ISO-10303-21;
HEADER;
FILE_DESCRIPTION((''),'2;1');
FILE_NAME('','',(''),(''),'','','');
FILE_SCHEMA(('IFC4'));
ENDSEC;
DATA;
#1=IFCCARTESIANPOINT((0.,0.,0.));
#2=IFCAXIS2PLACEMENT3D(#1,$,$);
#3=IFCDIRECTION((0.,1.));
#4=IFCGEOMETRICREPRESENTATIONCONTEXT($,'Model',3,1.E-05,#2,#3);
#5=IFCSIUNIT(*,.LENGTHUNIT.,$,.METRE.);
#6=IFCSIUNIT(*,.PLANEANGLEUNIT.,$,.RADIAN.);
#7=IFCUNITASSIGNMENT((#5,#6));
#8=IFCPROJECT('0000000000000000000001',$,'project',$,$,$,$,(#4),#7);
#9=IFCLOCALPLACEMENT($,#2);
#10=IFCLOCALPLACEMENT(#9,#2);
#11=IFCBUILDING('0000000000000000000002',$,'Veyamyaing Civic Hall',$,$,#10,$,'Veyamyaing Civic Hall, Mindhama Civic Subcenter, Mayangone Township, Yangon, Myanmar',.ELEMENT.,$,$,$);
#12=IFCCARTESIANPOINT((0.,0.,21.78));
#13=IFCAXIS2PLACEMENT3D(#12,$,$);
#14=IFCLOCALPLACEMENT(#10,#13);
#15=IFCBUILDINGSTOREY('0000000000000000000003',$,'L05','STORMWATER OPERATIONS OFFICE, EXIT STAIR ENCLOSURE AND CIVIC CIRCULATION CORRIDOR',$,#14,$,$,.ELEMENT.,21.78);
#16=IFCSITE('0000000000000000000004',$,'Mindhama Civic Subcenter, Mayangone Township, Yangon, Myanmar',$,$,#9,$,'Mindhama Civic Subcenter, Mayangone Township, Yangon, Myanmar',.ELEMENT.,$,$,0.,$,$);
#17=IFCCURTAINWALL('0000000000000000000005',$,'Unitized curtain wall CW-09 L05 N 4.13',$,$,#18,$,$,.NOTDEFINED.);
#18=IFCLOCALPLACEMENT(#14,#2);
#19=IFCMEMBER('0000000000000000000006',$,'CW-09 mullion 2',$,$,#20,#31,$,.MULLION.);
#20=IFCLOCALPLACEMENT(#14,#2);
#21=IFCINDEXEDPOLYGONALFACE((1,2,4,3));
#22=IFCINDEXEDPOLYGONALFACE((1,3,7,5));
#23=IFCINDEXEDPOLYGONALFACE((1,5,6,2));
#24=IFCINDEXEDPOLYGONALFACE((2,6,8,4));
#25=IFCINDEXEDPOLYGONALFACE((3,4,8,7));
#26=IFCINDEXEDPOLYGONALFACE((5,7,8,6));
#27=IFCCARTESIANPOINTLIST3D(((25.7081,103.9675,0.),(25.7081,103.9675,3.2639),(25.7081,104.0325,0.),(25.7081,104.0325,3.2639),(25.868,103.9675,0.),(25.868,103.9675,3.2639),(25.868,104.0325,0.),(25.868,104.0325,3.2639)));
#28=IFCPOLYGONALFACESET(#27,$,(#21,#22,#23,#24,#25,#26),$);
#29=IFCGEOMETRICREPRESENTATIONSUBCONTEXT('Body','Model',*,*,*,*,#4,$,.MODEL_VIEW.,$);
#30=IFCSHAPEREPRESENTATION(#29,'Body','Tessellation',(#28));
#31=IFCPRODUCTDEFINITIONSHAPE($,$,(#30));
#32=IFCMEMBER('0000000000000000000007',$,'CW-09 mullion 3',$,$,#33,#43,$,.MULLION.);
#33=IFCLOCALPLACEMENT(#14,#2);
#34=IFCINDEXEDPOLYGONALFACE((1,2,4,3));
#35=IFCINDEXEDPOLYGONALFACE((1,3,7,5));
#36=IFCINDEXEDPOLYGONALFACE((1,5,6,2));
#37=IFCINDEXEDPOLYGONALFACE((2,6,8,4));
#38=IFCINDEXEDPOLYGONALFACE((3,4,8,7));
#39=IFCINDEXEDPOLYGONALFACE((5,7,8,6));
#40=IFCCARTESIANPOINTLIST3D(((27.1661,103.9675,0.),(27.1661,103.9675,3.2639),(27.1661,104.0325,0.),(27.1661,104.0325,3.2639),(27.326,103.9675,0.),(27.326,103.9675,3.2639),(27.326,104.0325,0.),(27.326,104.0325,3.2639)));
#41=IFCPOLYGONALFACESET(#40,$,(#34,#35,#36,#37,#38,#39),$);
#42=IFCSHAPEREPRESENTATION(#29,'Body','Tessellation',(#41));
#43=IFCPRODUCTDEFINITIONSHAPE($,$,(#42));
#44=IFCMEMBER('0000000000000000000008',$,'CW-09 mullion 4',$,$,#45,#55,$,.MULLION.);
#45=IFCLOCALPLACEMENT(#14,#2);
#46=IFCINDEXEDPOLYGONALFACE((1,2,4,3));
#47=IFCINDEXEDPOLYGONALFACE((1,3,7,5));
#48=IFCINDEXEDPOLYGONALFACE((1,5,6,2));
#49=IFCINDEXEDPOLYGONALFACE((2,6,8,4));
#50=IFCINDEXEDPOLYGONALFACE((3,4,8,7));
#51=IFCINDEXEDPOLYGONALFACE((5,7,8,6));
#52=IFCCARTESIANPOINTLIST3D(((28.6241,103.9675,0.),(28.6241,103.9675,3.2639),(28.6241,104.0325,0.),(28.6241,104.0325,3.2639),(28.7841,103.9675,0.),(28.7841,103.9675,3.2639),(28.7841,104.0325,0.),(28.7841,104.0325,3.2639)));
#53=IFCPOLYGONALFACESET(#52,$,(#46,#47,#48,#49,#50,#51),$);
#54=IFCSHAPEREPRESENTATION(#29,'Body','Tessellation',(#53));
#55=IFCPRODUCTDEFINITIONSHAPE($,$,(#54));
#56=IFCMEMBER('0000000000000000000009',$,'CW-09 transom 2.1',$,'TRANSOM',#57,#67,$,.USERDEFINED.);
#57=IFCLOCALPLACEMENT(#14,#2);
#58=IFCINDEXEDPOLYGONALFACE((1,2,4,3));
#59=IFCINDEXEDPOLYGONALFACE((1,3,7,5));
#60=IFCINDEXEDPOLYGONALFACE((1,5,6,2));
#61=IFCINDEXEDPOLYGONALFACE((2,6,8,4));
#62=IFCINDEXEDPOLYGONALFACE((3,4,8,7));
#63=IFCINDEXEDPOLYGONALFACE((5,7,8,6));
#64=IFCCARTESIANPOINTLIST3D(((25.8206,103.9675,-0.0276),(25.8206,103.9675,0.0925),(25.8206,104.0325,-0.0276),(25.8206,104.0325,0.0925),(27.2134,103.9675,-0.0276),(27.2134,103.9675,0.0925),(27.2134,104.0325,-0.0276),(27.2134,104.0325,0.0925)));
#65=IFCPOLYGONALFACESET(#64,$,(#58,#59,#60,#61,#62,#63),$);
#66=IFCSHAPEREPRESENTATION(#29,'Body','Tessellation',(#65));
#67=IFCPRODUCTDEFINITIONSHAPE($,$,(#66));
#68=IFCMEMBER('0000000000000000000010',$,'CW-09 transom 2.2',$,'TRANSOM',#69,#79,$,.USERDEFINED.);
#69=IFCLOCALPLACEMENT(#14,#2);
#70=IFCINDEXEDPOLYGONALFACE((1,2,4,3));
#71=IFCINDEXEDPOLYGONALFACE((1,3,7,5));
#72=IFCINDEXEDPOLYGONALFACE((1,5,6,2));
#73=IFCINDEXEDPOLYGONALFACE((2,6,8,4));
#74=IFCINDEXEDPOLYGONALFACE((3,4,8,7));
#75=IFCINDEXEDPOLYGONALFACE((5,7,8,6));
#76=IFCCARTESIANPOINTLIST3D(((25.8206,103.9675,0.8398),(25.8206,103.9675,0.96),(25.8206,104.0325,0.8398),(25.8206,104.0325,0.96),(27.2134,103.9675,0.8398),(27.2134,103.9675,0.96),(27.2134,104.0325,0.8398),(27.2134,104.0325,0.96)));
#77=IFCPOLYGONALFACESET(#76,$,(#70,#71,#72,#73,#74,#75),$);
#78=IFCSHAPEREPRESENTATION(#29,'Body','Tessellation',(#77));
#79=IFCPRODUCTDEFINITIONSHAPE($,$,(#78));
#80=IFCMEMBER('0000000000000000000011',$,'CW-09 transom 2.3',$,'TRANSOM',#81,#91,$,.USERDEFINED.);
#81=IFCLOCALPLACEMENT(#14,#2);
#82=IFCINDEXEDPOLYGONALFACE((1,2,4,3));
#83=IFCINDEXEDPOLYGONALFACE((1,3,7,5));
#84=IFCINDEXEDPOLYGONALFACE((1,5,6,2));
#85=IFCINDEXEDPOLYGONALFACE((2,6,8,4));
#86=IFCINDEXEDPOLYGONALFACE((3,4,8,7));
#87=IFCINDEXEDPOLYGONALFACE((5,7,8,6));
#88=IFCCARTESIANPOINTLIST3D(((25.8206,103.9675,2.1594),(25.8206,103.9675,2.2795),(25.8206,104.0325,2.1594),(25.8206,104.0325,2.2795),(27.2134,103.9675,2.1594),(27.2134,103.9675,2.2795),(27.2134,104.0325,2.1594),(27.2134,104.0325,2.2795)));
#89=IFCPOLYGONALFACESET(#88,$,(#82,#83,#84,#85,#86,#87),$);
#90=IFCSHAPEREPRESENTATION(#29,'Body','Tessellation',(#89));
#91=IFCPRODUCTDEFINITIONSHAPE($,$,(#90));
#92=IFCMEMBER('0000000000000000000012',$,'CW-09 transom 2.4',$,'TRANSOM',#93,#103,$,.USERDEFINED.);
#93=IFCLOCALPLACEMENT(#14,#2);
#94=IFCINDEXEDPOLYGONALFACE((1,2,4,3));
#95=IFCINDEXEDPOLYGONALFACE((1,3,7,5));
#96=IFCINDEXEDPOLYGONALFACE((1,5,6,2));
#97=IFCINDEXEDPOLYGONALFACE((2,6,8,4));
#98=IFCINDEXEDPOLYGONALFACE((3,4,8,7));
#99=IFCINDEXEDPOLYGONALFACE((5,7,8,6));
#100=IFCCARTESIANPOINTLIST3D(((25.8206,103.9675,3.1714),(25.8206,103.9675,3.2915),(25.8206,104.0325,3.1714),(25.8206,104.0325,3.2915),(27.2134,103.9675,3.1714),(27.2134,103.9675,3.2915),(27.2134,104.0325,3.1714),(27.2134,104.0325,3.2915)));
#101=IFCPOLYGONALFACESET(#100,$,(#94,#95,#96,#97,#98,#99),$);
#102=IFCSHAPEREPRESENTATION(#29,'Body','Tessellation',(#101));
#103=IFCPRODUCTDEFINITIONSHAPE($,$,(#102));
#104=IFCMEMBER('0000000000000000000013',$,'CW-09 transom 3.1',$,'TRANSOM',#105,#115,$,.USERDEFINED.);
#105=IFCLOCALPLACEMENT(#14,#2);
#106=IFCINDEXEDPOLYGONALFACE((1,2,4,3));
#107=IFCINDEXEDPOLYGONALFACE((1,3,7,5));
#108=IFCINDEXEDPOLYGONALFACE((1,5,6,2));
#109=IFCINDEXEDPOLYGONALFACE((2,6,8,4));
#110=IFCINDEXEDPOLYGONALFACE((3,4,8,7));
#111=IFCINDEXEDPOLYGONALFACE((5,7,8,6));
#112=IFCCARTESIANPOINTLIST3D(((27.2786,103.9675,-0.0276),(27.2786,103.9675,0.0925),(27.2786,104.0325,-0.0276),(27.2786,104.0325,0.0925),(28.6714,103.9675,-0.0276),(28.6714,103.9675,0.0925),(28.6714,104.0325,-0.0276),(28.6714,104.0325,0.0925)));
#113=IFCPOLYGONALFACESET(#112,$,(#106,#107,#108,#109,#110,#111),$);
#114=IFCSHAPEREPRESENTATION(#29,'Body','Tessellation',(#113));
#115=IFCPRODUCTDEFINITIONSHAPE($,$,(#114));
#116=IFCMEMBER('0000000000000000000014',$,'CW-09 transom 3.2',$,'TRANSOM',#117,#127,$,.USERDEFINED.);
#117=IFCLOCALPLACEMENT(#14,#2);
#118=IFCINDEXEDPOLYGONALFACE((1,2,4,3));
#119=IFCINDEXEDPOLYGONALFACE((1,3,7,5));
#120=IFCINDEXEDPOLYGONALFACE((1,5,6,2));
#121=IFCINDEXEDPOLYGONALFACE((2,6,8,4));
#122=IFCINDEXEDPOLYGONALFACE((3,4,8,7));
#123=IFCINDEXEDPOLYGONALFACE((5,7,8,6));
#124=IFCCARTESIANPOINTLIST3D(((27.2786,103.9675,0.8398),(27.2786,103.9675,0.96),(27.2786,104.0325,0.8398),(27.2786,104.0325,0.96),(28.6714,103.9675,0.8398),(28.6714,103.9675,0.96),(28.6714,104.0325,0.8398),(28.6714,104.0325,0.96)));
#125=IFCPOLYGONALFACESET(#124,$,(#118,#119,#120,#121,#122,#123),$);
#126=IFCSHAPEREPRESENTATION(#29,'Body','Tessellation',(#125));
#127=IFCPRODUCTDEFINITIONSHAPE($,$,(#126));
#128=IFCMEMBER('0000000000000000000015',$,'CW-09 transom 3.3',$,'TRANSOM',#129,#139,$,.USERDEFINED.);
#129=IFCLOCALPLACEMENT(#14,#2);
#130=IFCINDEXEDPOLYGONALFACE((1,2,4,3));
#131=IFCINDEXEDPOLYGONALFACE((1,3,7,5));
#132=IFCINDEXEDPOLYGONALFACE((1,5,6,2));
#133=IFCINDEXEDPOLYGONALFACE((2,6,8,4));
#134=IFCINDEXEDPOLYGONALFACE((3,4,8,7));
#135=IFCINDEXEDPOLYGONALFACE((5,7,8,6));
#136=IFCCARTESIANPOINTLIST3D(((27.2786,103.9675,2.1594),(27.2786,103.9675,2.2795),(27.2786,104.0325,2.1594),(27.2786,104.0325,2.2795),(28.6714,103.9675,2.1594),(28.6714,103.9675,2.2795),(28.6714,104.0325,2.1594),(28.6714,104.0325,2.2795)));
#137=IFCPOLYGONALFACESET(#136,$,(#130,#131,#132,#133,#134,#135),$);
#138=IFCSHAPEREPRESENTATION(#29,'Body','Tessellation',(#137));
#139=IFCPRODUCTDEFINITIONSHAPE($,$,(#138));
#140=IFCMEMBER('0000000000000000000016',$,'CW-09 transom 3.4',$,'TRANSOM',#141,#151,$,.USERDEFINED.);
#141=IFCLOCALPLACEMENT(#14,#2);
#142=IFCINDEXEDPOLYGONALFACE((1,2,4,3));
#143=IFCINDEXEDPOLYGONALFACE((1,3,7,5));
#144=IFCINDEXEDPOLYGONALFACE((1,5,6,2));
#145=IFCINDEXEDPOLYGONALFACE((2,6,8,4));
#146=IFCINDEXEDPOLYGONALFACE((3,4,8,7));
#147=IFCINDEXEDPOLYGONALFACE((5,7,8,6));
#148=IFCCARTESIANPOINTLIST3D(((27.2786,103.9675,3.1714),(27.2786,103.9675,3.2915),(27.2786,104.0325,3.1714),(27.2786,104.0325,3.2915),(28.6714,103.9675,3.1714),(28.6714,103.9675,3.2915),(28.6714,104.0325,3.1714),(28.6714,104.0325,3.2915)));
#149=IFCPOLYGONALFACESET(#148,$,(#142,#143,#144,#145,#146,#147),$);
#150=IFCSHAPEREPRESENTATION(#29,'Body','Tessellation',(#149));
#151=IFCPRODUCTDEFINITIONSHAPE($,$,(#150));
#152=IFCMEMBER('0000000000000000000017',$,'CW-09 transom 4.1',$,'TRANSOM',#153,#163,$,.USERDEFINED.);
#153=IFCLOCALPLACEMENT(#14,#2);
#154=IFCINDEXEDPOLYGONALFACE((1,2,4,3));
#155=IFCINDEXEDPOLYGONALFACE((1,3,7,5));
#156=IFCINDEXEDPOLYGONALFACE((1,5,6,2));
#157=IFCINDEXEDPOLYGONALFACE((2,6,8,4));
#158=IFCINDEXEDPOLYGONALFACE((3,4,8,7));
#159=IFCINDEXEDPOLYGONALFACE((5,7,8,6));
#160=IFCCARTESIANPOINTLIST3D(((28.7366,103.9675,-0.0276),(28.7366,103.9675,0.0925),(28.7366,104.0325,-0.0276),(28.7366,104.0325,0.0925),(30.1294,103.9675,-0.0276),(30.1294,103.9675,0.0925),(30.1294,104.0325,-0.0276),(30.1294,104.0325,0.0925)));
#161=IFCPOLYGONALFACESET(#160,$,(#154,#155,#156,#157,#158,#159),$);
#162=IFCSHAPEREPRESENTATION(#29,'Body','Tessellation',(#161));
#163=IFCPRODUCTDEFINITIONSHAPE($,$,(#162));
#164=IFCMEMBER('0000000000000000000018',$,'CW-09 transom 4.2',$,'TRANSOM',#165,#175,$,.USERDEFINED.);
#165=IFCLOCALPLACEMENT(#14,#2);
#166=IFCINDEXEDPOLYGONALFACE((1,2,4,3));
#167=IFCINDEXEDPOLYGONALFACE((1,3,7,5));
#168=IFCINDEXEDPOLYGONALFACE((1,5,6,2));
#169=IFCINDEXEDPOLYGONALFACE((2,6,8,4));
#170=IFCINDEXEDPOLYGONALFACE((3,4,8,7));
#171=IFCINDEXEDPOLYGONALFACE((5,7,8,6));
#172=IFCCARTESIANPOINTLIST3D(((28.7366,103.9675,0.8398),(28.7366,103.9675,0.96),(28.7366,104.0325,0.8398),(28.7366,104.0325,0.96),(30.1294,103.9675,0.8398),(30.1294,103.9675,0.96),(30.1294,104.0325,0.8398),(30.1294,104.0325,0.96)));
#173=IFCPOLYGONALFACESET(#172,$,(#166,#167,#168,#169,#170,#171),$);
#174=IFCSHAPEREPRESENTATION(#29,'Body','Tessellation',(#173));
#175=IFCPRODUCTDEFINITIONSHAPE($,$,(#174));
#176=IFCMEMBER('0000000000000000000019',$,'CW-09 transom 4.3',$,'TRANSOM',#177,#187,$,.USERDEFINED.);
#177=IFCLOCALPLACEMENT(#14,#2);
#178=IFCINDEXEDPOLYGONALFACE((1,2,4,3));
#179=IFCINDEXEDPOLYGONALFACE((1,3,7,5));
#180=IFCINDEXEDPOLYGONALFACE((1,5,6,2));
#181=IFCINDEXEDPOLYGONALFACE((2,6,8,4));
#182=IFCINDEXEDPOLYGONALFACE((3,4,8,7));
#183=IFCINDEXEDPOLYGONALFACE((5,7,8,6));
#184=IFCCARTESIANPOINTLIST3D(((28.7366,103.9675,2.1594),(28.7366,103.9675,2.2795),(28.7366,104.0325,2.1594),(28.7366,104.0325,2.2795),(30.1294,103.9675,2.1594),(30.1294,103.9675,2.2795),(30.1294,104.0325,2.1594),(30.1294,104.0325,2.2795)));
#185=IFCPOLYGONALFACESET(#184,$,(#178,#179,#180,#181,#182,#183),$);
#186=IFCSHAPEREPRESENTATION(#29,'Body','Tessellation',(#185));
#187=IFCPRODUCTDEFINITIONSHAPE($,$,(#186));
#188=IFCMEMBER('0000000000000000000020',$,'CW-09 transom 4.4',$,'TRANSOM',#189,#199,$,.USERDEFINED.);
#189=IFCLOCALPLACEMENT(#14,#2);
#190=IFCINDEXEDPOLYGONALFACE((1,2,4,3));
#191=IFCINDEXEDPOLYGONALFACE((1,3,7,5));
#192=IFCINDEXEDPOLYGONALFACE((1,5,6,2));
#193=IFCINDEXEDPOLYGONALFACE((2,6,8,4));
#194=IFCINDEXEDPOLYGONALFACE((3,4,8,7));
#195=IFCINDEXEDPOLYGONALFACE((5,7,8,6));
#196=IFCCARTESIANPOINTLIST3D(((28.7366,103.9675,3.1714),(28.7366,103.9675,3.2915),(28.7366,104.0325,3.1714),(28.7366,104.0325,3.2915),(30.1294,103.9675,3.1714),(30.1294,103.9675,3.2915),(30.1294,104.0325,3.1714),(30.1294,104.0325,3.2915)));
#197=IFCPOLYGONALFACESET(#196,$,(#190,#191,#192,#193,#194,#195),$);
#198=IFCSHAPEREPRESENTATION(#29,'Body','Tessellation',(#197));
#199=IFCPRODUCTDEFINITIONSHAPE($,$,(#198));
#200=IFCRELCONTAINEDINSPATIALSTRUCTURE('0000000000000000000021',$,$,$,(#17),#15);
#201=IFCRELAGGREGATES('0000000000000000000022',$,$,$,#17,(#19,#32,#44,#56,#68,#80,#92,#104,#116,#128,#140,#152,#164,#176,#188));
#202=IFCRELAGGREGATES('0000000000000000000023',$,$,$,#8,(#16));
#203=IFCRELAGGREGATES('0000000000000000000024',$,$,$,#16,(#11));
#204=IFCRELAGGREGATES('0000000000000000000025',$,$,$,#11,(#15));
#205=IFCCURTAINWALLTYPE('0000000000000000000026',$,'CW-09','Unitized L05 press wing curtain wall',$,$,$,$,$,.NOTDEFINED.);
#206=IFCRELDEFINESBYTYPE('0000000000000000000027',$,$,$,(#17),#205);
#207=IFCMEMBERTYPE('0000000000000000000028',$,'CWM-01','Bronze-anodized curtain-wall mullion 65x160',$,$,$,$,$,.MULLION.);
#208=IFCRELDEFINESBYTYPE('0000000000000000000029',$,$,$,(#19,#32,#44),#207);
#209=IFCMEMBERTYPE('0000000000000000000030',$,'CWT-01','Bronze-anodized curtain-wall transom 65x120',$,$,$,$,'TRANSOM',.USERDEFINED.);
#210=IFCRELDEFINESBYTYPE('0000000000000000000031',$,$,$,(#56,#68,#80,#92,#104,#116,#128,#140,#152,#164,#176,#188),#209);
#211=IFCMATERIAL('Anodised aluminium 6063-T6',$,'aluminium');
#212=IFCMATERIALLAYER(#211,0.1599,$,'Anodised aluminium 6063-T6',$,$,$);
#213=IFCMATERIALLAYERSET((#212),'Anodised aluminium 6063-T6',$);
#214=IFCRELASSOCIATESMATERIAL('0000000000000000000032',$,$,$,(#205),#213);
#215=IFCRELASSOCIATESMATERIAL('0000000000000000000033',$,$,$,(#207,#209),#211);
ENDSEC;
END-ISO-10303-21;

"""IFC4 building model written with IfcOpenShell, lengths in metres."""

from ifc_helpers import new_model, si_unit, direction, frame, origin, origin_2d, place, context, subcontext, project, spatial, rectangle, extrude, material, layer, layer_set, material_profile, profile_set, type_object, element, aggregate, save


model = new_model("IFC4")

# Units and contexts
model_context = context("Model", 3, precision=1e-05, world=origin(), true_north=direction((0.0, 1.0)))
body_context = subcontext(model_context, "Body", "Model", "MODEL_VIEW")
ifc_project = project(units=[si_unit("LENGTHUNIT", "METRE"), si_unit("PLANEANGLEUNIT", "RADIAN")], contexts=[model_context])

# Site, building, storey
site_placement = place(None, origin())
site = spatial("IfcSite", under=ifc_project, at=site_placement, Name="Mindhama Civic Subcenter, Mayangone Township, Yangon, Myanmar", LongName="Mindhama Civic Subcenter, Mayangone Township, Yangon, Myanmar", CompositionType="ELEMENT", RefElevation=0.0)
building_placement = place(site_placement, origin())
building = spatial("IfcBuilding", under=site, at=building_placement, Name="Veyamyaing Civic Hall", LongName="Veyamyaing Civic Hall, Mindhama Civic Subcenter, Mayangone Township, Yangon, Myanmar", CompositionType="ELEMENT")
storey_placement = place(building_placement, frame((0.0, 0.0, 21.78)))
storey = spatial("IfcBuildingStorey", under=building, at=storey_placement, Name="L05", Description="STORMWATER OPERATIONS OFFICE, EXIT STAIR ENCLOSURE AND CIVIC CIRCULATION CORRIDOR", CompositionType="ELEMENT", Elevation=21.78)

# Curtain wall, members
ifc_material_1 = material(Name="Anodised aluminium 6063-T6", Category="aluminium")
ifc_layer_1 = layer(ifc_material_1, 0.1599, Name="Anodised aluminium 6063-T6")
ifc_layer_set_1 = layer_set([ifc_layer_1], Name="Anodised aluminium 6063-T6")
curtain_wall_type = type_object("IfcCurtainWallType", Name="CW-09", Description="Unitized L05 press wing curtain wall", PredefinedType="NOTDEFINED", material=ifc_layer_set_1)
curtain_wall_placement = place(storey_placement, origin())
curtain_wall = element("IfcCurtainWall", 1, at=curtain_wall_placement, inside=storey, type_object=curtain_wall_type, Name="Unitized curtain wall CW-09 L05 N 4.13", PredefinedType="NOTDEFINED")
ifc_material_profile_1 = material_profile(ifc_material_1, rectangle(XDim=0.0649, YDim=0.1599, at=origin_2d()), Name="ALU-MUL-65X160")
ifc_profile_set_1 = profile_set([ifc_material_profile_1], Name="Anodised aluminium 6063-T6")
member_type_1 = type_object("IfcMemberType", Name="CWM-01", Description="Bronze-anodized curtain-wall mullion 65x160", PredefinedType="MULLION", material=ifc_profile_set_1)
member_1_placement = place(storey_placement, frame((25.7881, 104.0, 0.0), z_axis=(0.0, 0.0, 1.0), x_axis=(0.0, 1.0, 0.0)))
member_1 = element("IfcMember", 2, at=member_1_placement, type_object=member_type_1, Name="CW-09 mullion 2", PredefinedType="MULLION", context=body_context, shape_type="SweptSolid", body=[
    extrude(rectangle(XDim=0.0649, YDim=0.1599, at=origin_2d()), origin(), (0.0, 0.0, 1.0), 3.2639),
])
member_2_placement = place(storey_placement, frame((27.2461, 104.0, 0.0), z_axis=(0.0, 0.0, 1.0), x_axis=(0.0, 1.0, 0.0)))
member_2 = element("IfcMember", 3, at=member_2_placement, type_object=member_type_1, Name="CW-09 mullion 3", PredefinedType="MULLION", context=body_context, shape_type="SweptSolid", body=[
    extrude(rectangle(XDim=0.0649, YDim=0.1599, at=origin_2d()), origin(), (0.0, 0.0, 1.0), 3.2639),
])
member_3_placement = place(storey_placement, frame((28.7041, 104.0, 0.0), z_axis=(0.0, 0.0, 1.0), x_axis=(0.0, 1.0, 0.0)))
member_3 = element("IfcMember", 4, at=member_3_placement, type_object=member_type_1, Name="CW-09 mullion 4", PredefinedType="MULLION", context=body_context, shape_type="SweptSolid", body=[
    extrude(rectangle(XDim=0.0649, YDim=0.1599, at=origin_2d()), origin(), (0.0, 0.0, 1.0), 3.2639),
])
ifc_material_profile_2 = material_profile(ifc_material_1, rectangle(XDim=0.0649, YDim=0.1201, at=origin_2d()), Name="ALU-TRN-65X120")
ifc_profile_set_2 = profile_set([ifc_material_profile_2], Name="Anodised aluminium 6063-T6")
member_type_2 = type_object("IfcMemberType", Name="CWT-01", Description="Bronze-anodized curtain-wall transom 65x120", ElementType="TRANSOM", PredefinedType="USERDEFINED", material=ifc_profile_set_2)
member_4_placement = place(storey_placement, frame((25.8206, 104.0, 0.0325), z_axis=(1.0, 0.0, 0.0), x_axis=(0.0, 1.0, 0.0)))
member_4 = element("IfcMember", 5, at=member_4_placement, type_object=member_type_2, Name="CW-09 transom 2.1", ObjectType="TRANSOM", PredefinedType="USERDEFINED", context=body_context, shape_type="SweptSolid", body=[
    extrude(rectangle(XDim=0.0649, YDim=0.1201, at=origin_2d()), origin(), (0.0, 0.0, 1.0), 1.3928),
])
member_5_placement = place(storey_placement, frame((25.8206, 104.0, 0.8999), z_axis=(1.0, 0.0, 0.0), x_axis=(0.0, 1.0, 0.0)))
member_5 = element("IfcMember", 6, at=member_5_placement, type_object=member_type_2, Name="CW-09 transom 2.2", ObjectType="TRANSOM", PredefinedType="USERDEFINED", context=body_context, shape_type="SweptSolid", body=[
    extrude(rectangle(XDim=0.0649, YDim=0.1201, at=origin_2d()), origin(), (0.0, 0.0, 1.0), 1.3928),
])
member_6_placement = place(storey_placement, frame((25.8206, 104.0, 2.2195), z_axis=(1.0, 0.0, 0.0), x_axis=(0.0, 1.0, 0.0)))
member_6 = element("IfcMember", 7, at=member_6_placement, type_object=member_type_2, Name="CW-09 transom 2.3", ObjectType="TRANSOM", PredefinedType="USERDEFINED", context=body_context, shape_type="SweptSolid", body=[
    extrude(rectangle(XDim=0.0649, YDim=0.1201, at=origin_2d()), origin(), (0.0, 0.0, 1.0), 1.3928),
])
member_7_placement = place(storey_placement, frame((25.8206, 104.0, 3.2314), z_axis=(1.0, 0.0, 0.0), x_axis=(0.0, 1.0, 0.0)))
member_7 = element("IfcMember", 8, at=member_7_placement, type_object=member_type_2, Name="CW-09 transom 2.4", ObjectType="TRANSOM", PredefinedType="USERDEFINED", context=body_context, shape_type="SweptSolid", body=[
    extrude(rectangle(XDim=0.0649, YDim=0.1201, at=origin_2d()), origin(), (0.0, 0.0, 1.0), 1.3928),
])
member_8_placement = place(storey_placement, frame((27.2786, 104.0, 0.0325), z_axis=(1.0, 0.0, 0.0), x_axis=(0.0, 1.0, 0.0)))
member_8 = element("IfcMember", 9, at=member_8_placement, type_object=member_type_2, Name="CW-09 transom 3.1", ObjectType="TRANSOM", PredefinedType="USERDEFINED", context=body_context, shape_type="SweptSolid", body=[
    extrude(rectangle(XDim=0.0649, YDim=0.1201, at=origin_2d()), origin(), (0.0, 0.0, 1.0), 1.3928),
])
member_9_placement = place(storey_placement, frame((27.2786, 104.0, 0.8999), z_axis=(1.0, 0.0, 0.0), x_axis=(0.0, 1.0, 0.0)))
member_9 = element("IfcMember", 10, at=member_9_placement, type_object=member_type_2, Name="CW-09 transom 3.2", ObjectType="TRANSOM", PredefinedType="USERDEFINED", context=body_context, shape_type="SweptSolid", body=[
    extrude(rectangle(XDim=0.0649, YDim=0.1201, at=origin_2d()), origin(), (0.0, 0.0, 1.0), 1.3928),
])
member_10_placement = place(storey_placement, frame((27.2786, 104.0, 2.2195), z_axis=(1.0, 0.0, 0.0), x_axis=(0.0, 1.0, 0.0)))
member_10 = element("IfcMember", 11, at=member_10_placement, type_object=member_type_2, Name="CW-09 transom 3.3", ObjectType="TRANSOM", PredefinedType="USERDEFINED", context=body_context, shape_type="SweptSolid", body=[
    extrude(rectangle(XDim=0.0649, YDim=0.1201, at=origin_2d()), origin(), (0.0, 0.0, 1.0), 1.3928),
])
member_11_placement = place(storey_placement, frame((27.2786, 104.0, 3.2314), z_axis=(1.0, 0.0, 0.0), x_axis=(0.0, 1.0, 0.0)))
member_11 = element("IfcMember", 12, at=member_11_placement, type_object=member_type_2, Name="CW-09 transom 3.4", ObjectType="TRANSOM", PredefinedType="USERDEFINED", context=body_context, shape_type="SweptSolid", body=[
    extrude(rectangle(XDim=0.0649, YDim=0.1201, at=origin_2d()), origin(), (0.0, 0.0, 1.0), 1.3928),
])
member_12_placement = place(storey_placement, frame((28.7366, 104.0, 0.0325), z_axis=(1.0, 0.0, 0.0), x_axis=(0.0, 1.0, 0.0)))
member_12 = element("IfcMember", 13, at=member_12_placement, type_object=member_type_2, Name="CW-09 transom 4.1", ObjectType="TRANSOM", PredefinedType="USERDEFINED", context=body_context, shape_type="SweptSolid", body=[
    extrude(rectangle(XDim=0.0649, YDim=0.1201, at=origin_2d()), origin(), (0.0, 0.0, 1.0), 1.3928),
])
member_13_placement = place(storey_placement, frame((28.7366, 104.0, 0.8999), z_axis=(1.0, 0.0, 0.0), x_axis=(0.0, 1.0, 0.0)))
member_13 = element("IfcMember", 14, at=member_13_placement, type_object=member_type_2, Name="CW-09 transom 4.2", ObjectType="TRANSOM", PredefinedType="USERDEFINED", context=body_context, shape_type="SweptSolid", body=[
    extrude(rectangle(XDim=0.0649, YDim=0.1201, at=origin_2d()), origin(), (0.0, 0.0, 1.0), 1.3928),
])
member_14_placement = place(storey_placement, frame((28.7366, 104.0, 2.2195), z_axis=(1.0, 0.0, 0.0), x_axis=(0.0, 1.0, 0.0)))
member_14 = element("IfcMember", 15, at=member_14_placement, type_object=member_type_2, Name="CW-09 transom 4.3", ObjectType="TRANSOM", PredefinedType="USERDEFINED", context=body_context, shape_type="SweptSolid", body=[
    extrude(rectangle(XDim=0.0649, YDim=0.1201, at=origin_2d()), origin(), (0.0, 0.0, 1.0), 1.3928),
])
member_15_placement = place(storey_placement, frame((28.7366, 104.0, 3.2314), z_axis=(1.0, 0.0, 0.0), x_axis=(0.0, 1.0, 0.0)))
member_15 = element("IfcMember", 16, at=member_15_placement, type_object=member_type_2, Name="CW-09 transom 4.4", ObjectType="TRANSOM", PredefinedType="USERDEFINED", context=body_context, shape_type="SweptSolid", body=[
    extrude(rectangle(XDim=0.0649, YDim=0.1201, at=origin_2d()), origin(), (0.0, 0.0, 1.0), 1.3928),
])
aggregate(curtain_wall, [member_1, member_2, member_3, member_4, member_5, member_6, member_7, member_8, member_9, member_10, member_11, member_12, member_13, member_14, member_15])

save(model, "model.ifc")
